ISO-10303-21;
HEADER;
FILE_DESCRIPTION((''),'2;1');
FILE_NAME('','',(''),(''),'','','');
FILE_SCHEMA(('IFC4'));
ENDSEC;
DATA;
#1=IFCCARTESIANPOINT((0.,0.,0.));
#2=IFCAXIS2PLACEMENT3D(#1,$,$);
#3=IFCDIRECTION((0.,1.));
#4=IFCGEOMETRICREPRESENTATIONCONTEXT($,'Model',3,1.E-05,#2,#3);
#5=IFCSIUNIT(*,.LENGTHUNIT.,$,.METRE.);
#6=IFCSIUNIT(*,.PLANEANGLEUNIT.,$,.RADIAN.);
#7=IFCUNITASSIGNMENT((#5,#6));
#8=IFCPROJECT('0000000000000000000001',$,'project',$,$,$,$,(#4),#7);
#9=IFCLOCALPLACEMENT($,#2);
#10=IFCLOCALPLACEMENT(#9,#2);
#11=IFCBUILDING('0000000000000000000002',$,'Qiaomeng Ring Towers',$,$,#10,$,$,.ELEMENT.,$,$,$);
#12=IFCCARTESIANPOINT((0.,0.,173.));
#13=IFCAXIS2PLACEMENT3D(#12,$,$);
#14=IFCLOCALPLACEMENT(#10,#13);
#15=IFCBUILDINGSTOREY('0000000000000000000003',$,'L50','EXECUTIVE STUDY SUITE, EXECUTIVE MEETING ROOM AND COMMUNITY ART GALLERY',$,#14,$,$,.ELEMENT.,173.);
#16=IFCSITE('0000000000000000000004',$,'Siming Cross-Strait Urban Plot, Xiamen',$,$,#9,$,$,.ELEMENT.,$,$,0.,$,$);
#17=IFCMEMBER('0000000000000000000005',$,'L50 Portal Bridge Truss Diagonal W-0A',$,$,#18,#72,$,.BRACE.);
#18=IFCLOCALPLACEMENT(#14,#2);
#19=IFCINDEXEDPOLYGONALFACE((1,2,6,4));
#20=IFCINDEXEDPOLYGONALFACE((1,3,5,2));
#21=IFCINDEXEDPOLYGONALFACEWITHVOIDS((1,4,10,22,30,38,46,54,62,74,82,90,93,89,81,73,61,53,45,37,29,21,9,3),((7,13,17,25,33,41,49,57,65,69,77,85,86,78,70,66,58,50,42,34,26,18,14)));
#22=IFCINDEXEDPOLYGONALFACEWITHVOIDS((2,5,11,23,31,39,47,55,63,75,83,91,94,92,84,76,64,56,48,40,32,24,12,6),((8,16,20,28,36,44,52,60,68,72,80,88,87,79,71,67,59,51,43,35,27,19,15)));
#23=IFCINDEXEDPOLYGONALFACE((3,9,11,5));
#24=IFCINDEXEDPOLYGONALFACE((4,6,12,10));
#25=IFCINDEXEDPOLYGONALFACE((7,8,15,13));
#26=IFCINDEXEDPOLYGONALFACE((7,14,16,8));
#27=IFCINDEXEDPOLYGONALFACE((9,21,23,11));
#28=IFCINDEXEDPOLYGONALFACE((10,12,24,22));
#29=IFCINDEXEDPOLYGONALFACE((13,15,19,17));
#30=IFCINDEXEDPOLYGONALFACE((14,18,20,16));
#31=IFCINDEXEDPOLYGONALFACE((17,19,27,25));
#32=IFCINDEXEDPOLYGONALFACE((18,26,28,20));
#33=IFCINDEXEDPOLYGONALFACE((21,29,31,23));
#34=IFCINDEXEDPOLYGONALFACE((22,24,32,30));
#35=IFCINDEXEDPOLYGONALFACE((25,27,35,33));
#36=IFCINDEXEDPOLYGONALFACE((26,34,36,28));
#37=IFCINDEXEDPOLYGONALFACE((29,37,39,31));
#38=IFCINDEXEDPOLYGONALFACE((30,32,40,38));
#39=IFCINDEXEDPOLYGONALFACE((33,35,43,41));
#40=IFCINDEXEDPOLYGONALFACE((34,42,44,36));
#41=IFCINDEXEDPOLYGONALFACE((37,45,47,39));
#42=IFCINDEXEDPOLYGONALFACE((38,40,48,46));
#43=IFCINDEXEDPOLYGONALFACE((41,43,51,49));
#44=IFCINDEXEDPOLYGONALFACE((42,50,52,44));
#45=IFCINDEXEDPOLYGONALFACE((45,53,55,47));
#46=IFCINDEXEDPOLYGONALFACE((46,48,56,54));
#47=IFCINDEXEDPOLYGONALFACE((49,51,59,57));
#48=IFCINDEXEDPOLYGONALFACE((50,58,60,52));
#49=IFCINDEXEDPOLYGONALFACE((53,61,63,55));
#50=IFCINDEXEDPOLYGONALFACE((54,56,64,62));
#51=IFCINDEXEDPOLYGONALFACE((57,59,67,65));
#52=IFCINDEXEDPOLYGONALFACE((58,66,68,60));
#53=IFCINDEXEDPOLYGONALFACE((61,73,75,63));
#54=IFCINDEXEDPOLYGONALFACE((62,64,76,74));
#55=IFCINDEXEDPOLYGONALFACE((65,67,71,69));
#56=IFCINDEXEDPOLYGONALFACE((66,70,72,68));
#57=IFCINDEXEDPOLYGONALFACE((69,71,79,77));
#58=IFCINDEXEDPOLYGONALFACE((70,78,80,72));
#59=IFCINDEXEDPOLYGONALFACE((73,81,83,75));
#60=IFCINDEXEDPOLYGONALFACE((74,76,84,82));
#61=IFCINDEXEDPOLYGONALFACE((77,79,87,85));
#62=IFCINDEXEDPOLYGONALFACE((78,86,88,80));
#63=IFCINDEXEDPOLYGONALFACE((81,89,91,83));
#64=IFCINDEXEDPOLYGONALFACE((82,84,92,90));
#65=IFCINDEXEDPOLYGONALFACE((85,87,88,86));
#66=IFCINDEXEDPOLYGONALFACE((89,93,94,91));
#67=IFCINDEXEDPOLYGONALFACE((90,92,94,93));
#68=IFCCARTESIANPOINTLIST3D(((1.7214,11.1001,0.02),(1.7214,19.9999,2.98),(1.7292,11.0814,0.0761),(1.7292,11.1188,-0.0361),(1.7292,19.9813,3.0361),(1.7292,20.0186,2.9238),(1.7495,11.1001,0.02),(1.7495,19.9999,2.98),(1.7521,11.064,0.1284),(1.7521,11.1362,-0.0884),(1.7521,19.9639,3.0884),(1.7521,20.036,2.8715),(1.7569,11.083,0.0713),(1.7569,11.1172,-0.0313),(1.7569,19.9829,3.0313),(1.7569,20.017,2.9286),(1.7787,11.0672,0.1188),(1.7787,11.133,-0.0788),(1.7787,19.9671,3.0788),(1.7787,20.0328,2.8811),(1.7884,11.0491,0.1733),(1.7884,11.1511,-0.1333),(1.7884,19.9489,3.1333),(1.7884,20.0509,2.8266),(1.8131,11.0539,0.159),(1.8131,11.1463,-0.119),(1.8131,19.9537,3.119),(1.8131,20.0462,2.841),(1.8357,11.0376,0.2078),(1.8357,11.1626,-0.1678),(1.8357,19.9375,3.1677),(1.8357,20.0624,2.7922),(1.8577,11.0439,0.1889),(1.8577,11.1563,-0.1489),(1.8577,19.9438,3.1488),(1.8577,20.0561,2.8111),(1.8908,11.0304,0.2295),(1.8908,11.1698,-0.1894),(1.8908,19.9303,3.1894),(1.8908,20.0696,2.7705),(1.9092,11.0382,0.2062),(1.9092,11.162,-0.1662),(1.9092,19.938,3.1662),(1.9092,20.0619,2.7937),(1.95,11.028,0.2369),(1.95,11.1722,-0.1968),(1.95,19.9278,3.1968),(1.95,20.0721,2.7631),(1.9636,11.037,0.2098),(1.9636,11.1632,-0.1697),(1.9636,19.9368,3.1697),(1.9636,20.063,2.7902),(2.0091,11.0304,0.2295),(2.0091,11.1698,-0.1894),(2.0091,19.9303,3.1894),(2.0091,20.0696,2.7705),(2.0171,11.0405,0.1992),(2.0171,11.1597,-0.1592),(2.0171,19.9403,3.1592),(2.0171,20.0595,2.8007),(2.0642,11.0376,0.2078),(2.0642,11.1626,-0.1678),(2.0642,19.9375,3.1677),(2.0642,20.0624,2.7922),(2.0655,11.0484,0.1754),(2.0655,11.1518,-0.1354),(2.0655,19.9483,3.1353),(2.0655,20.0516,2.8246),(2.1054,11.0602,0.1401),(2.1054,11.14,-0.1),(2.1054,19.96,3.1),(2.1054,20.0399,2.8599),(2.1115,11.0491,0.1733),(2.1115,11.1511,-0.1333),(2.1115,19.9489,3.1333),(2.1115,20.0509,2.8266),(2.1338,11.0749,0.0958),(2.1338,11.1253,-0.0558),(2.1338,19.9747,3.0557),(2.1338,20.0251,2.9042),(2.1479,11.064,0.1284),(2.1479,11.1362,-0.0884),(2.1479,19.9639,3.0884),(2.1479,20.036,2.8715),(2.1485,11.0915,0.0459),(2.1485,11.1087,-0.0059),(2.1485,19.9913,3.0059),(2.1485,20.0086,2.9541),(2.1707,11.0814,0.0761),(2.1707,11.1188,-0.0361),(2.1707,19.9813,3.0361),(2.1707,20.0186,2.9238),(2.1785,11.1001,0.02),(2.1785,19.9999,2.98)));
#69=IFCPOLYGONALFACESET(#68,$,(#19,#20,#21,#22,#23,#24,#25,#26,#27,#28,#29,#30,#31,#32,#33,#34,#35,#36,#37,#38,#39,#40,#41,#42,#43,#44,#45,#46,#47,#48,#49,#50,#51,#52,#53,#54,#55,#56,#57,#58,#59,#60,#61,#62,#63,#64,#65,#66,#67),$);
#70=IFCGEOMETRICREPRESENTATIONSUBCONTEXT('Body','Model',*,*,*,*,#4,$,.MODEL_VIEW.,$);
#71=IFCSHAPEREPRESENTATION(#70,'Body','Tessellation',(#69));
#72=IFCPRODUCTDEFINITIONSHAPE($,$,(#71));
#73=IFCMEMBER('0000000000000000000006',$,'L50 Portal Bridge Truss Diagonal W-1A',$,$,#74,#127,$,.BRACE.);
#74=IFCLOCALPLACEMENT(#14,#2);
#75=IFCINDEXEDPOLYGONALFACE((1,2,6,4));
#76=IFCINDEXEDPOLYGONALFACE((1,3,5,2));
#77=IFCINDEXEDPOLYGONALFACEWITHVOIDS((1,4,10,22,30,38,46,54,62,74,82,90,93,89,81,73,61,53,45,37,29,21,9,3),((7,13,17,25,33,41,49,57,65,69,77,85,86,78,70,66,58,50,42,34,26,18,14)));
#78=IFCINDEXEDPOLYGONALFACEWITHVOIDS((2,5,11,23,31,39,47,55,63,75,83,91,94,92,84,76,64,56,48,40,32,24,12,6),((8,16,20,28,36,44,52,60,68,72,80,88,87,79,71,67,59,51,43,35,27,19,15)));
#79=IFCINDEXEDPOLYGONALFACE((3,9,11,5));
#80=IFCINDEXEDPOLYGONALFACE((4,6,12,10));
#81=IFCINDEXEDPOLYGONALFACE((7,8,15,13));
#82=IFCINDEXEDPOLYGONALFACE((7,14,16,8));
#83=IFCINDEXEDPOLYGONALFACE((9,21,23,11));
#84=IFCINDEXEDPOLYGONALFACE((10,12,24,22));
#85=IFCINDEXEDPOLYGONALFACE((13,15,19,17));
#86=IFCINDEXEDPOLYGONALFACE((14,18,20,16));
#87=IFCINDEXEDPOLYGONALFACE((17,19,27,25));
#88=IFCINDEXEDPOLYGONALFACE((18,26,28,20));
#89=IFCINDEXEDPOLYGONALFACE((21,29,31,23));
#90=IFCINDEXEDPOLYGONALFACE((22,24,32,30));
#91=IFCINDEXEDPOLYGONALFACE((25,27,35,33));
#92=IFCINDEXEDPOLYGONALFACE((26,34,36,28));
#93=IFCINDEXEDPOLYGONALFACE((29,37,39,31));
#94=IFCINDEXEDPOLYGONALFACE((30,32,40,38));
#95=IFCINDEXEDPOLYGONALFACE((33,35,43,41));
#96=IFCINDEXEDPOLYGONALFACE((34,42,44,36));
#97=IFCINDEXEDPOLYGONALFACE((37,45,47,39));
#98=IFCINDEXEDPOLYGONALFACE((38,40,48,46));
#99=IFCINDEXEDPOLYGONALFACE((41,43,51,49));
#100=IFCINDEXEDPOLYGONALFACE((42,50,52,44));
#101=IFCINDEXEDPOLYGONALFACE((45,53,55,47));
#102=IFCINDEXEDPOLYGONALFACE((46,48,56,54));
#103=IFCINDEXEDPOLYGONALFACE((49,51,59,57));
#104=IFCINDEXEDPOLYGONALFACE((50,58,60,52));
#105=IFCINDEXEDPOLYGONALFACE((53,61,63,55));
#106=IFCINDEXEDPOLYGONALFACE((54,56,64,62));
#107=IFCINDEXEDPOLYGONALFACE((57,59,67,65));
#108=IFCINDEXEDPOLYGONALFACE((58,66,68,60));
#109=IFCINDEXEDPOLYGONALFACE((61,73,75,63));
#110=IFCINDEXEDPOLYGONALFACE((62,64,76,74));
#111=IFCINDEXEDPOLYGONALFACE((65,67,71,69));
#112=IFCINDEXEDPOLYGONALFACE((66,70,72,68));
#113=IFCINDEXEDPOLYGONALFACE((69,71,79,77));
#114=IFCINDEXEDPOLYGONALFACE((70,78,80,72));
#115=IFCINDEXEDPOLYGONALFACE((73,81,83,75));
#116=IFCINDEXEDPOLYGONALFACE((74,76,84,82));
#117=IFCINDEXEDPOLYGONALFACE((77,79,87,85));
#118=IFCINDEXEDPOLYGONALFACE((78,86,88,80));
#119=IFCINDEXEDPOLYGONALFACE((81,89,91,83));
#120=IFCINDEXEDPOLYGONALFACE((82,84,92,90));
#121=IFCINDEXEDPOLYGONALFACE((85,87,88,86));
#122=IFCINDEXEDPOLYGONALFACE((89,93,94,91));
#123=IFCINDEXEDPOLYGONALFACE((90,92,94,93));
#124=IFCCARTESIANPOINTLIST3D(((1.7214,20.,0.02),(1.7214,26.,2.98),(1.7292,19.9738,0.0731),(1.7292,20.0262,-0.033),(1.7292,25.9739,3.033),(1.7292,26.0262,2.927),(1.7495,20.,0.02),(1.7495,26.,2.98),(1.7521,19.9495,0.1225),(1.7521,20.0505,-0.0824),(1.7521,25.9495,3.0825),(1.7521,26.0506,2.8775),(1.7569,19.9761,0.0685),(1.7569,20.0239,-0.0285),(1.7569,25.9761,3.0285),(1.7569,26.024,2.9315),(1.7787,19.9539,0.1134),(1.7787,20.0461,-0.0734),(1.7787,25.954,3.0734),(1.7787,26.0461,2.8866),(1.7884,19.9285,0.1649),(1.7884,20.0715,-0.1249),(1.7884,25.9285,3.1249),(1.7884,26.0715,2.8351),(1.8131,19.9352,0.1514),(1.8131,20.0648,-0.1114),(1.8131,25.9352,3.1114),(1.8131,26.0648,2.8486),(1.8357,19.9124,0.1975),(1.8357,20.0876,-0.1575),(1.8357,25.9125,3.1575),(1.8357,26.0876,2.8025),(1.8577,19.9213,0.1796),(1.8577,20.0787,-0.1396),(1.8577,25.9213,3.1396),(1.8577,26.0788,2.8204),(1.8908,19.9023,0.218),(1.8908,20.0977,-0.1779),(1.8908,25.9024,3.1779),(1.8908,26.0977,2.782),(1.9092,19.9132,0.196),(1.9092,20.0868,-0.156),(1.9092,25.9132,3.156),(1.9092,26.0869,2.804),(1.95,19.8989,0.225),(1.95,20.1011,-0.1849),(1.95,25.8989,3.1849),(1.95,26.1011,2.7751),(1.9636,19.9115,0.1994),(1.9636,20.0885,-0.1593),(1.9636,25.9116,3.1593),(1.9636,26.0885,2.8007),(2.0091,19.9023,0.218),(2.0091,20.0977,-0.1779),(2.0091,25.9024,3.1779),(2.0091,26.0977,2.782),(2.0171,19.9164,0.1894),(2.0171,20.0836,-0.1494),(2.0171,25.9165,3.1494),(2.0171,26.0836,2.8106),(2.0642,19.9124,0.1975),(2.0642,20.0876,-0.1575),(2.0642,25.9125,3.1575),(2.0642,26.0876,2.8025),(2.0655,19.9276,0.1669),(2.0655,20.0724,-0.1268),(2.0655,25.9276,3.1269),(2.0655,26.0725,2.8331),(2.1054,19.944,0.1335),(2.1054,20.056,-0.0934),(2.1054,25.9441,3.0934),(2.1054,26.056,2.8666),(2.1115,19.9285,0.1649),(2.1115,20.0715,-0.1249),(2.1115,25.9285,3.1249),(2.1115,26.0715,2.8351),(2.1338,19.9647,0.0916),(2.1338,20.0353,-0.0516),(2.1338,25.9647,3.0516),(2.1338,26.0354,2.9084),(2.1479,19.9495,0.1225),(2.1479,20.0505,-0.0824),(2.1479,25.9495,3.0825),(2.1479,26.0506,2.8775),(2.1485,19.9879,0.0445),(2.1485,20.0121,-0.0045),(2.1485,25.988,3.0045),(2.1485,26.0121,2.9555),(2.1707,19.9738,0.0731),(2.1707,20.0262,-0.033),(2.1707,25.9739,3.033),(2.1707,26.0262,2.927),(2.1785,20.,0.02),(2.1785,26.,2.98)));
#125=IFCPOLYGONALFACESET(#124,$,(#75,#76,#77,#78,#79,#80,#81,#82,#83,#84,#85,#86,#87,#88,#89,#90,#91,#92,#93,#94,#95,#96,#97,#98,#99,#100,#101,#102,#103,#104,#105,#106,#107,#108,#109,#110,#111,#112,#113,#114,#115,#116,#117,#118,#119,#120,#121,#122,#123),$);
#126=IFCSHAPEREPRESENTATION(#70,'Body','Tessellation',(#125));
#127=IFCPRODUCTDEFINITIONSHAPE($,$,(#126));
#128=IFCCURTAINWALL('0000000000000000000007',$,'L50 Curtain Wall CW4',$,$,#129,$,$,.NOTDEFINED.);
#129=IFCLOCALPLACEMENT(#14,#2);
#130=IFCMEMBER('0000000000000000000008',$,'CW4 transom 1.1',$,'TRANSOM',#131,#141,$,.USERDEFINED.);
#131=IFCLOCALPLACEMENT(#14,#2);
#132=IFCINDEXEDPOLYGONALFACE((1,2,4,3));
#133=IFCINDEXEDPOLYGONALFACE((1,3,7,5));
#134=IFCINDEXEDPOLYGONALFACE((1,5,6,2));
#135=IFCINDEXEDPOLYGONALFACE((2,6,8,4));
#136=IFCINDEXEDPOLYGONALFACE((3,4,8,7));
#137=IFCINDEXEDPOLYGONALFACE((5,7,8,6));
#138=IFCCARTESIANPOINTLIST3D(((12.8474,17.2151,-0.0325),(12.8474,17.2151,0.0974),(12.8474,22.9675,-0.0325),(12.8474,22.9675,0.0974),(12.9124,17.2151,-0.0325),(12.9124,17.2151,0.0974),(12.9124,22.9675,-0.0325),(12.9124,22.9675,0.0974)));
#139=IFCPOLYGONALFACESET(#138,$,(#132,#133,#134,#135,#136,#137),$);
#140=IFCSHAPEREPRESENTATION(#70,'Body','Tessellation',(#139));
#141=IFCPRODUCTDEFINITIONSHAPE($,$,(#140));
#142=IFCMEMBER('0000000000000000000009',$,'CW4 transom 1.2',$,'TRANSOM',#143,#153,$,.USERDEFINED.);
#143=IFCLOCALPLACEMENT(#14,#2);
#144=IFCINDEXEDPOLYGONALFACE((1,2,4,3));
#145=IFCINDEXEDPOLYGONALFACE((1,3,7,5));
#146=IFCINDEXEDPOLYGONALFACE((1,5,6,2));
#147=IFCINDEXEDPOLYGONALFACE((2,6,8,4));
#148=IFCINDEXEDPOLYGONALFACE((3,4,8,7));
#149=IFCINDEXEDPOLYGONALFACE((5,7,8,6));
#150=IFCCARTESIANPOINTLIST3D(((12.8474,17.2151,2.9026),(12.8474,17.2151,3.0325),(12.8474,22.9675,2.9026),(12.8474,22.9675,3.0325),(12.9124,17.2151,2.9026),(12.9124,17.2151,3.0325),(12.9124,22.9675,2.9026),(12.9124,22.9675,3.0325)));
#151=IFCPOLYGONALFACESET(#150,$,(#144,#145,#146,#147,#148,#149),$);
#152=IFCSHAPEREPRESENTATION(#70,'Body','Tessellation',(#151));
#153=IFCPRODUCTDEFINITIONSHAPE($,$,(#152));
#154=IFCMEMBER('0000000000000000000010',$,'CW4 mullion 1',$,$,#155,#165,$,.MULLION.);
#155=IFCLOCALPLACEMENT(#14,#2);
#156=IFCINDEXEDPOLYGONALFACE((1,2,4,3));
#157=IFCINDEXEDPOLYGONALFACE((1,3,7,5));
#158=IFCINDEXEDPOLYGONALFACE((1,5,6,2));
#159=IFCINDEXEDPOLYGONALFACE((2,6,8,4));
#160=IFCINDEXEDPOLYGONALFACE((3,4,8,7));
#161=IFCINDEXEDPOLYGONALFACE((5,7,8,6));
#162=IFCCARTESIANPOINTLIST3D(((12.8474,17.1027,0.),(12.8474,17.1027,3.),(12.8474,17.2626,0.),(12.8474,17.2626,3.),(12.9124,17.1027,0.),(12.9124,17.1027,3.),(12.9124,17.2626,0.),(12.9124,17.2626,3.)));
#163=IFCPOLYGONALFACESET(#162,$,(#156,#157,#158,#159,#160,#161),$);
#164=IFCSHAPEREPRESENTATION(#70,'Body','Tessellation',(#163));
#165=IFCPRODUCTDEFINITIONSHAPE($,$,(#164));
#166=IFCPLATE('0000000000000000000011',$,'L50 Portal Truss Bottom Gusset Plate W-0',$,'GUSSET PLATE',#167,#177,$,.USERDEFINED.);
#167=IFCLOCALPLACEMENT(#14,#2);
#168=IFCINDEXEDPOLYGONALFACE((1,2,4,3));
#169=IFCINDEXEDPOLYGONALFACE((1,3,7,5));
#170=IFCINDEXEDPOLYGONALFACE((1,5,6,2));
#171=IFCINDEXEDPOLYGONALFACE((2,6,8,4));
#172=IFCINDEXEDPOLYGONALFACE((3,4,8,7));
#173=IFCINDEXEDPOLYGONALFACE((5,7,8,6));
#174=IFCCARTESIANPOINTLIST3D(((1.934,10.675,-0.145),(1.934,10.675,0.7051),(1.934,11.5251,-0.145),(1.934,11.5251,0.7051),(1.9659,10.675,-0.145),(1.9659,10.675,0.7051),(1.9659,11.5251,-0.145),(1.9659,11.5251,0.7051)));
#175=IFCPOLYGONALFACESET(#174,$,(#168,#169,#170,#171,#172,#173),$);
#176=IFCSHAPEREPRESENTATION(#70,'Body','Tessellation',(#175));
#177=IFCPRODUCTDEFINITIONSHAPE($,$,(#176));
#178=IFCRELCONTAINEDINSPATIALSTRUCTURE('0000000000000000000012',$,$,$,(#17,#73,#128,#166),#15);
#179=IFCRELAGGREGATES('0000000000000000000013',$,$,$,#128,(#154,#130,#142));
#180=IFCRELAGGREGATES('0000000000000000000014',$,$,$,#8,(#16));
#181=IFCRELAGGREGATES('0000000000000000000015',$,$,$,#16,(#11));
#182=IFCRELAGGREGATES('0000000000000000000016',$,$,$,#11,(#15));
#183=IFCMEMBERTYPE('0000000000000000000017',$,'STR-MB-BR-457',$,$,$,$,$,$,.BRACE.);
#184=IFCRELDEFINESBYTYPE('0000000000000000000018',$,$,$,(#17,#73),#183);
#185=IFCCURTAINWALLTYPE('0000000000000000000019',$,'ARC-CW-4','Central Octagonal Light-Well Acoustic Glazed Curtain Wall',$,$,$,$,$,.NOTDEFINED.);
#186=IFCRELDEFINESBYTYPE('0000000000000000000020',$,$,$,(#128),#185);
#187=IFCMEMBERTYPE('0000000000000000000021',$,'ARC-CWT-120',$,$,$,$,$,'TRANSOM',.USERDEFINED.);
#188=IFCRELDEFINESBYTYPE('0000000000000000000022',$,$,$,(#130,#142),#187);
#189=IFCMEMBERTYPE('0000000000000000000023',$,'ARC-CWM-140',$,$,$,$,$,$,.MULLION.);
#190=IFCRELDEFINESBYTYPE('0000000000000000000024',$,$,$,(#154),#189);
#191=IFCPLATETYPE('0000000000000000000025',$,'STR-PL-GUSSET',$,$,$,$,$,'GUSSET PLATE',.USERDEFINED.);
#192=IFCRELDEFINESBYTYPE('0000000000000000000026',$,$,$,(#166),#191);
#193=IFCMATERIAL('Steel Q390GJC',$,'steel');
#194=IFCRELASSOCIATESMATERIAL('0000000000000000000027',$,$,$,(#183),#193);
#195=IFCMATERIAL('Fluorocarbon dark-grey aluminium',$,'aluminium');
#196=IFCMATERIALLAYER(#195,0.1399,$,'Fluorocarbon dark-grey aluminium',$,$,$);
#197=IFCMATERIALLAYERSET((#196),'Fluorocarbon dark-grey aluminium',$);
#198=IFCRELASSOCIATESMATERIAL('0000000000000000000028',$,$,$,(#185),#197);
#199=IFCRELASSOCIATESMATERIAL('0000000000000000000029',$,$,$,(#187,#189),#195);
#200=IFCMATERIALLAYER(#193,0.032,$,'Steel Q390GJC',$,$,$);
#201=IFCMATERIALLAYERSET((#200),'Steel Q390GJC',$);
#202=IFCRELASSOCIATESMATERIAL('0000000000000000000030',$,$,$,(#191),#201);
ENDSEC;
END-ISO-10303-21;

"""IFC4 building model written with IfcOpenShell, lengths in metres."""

from ifc_helpers import new_model, si_unit, direction, frame, origin, origin_2d, place, context, subcontext, project, spatial, rectangle, hollow_circle, extrude, source, transform, mapped, material, layer, layer_set, material_profile, profile_set, type_object, element, aggregate, save


model = new_model("IFC4")

# Units and contexts
model_context = context("Model", 3, precision=1e-05, world=origin(), true_north=direction((0.0, 1.0)))
body_context = subcontext(model_context, "Body", "Model", "MODEL_VIEW")
ifc_project = project(units=[si_unit("LENGTHUNIT", "METRE"), si_unit("PLANEANGLEUNIT", "RADIAN")], contexts=[model_context])

# Site, building, storey
site_placement = place(None, origin())
site = spatial("IfcSite", under=ifc_project, at=site_placement, Name="Siming Cross-Strait Urban Plot, Xiamen", CompositionType="ELEMENT", RefElevation=0.0)
building_placement = place(site_placement, origin())
building = spatial("IfcBuilding", under=site, at=building_placement, Name="Qiaomeng Ring Towers", CompositionType="ELEMENT")
storey_placement = place(building_placement, frame((0.0, 0.0, 173.0)))
storey = spatial("IfcBuildingStorey", under=building, at=storey_placement, Name="L50", Description="EXECUTIVE STUDY SUITE, EXECUTIVE MEETING ROOM AND COMMUNITY ART GALLERY", CompositionType="ELEMENT", Elevation=173.0)

# Shared definitions
ifc_material_1 = material(Name="Steel Q390GJC", Category="steel")

# Members
ifc_material_profile_1 = material_profile(ifc_material_1, hollow_circle(Radius=0.2285, WallThickness=0.0281, at=origin_2d()), Name="CHS 457x28")
ifc_profile_set_1 = profile_set([ifc_material_profile_1], Name="Steel Q390GJC")
member_type_1 = type_object("IfcMemberType", Name="STR-MB-BR-457", PredefinedType="BRACE", material=ifc_profile_set_1)
shared_shape_1 = source(origin(), body_context, "Body", "SweptSolid", [
    extrude(hollow_circle(Radius=0.2285, WallThickness=0.0281, at=origin_2d()), origin(), (0.0, 0.0, 1.0), 9.3792),
])
member_1_placement = place(storey_placement, frame((1.95, 11.1001, 0.02), z_axis=(0.0, 0.948897, 0.315587), x_axis=(-1.0, 0.0, 0.0)))
element("IfcMember", 1, at=member_1_placement, inside=storey, type_object=member_type_1, Name="L50 Portal Bridge Truss Diagonal W-0A", PredefinedType="BRACE", context=body_context, shape_type="MappedRepresentation", body=[
    mapped(shared_shape_1, transform((0.0, 0.0, 0.0), x_axis=(1.0, 0.0, 0.0), y_axis=(0.0, 1.0, 0.0), z_axis=(0.0, 0.0, 1.0), scale=1.0)),
])
shared_shape_2 = source(origin(), body_context, "Body", "SweptSolid", [
    extrude(hollow_circle(Radius=0.2285, WallThickness=0.0281, at=origin_2d()), origin(), (0.0, 0.0, 1.0), 6.6904),
])
member_2_placement = place(storey_placement, frame((1.95, 20.0, 0.02), z_axis=(0.0, 0.896808, 0.44242), x_axis=(-1.0, 0.0, 0.0)))
element("IfcMember", 2, at=member_2_placement, inside=storey, type_object=member_type_1, Name="L50 Portal Bridge Truss Diagonal W-1A", PredefinedType="BRACE", context=body_context, shape_type="MappedRepresentation", body=[
    mapped(shared_shape_2, transform((0.0, 0.0, 0.0), x_axis=(1.0, 0.0, 0.0), y_axis=(0.0, 1.0, 0.0), z_axis=(0.0, 0.0, 1.0), scale=1.0)),
])

# Curtain wall, members
ifc_material_2 = material(Name="Fluorocarbon dark-grey aluminium", Category="aluminium")
ifc_layer_1 = layer(ifc_material_2, 0.1399, Name="Fluorocarbon dark-grey aluminium")
ifc_layer_set_1 = layer_set([ifc_layer_1], Name="Fluorocarbon dark-grey aluminium")
curtain_wall_type = type_object("IfcCurtainWallType", Name="ARC-CW-4", Description="Central Octagonal Light-Well Acoustic Glazed Curtain Wall", PredefinedType="NOTDEFINED", material=ifc_layer_set_1)
curtain_wall_placement = place(storey_placement, origin())
curtain_wall = element("IfcCurtainWall", 3, at=curtain_wall_placement, inside=storey, type_object=curtain_wall_type, Name="L50 Curtain Wall CW4", PredefinedType="NOTDEFINED")
ifc_material_profile_2 = material_profile(ifc_material_2, rectangle(XDim=0.0649, YDim=0.1299, at=origin_2d()), Name="ALU TRAN 65x130")
ifc_profile_set_2 = profile_set([ifc_material_profile_2], Name="Fluorocarbon dark-grey aluminium")
member_type_2 = type_object("IfcMemberType", Name="ARC-CWT-120", ElementType="TRANSOM", PredefinedType="USERDEFINED", material=ifc_profile_set_2)
shared_shape_3 = source(origin(), body_context, "Body", "SweptSolid", [
    extrude(rectangle(XDim=0.0649, YDim=0.1299, at=origin_2d()), origin(), (0.0, 0.0, 1.0), 5.7524),
])
member_3_placement = place(storey_placement, frame((12.8799, 17.2151, 0.0325), z_axis=(0.0, 1.0, 0.0), x_axis=(-1.0, 0.0, 0.0)))
member_3 = element("IfcMember", 4, at=member_3_placement, type_object=member_type_2, Name="CW4 transom 1.1", ObjectType="TRANSOM", PredefinedType="USERDEFINED", context=body_context, shape_type="MappedRepresentation", body=[
    mapped(shared_shape_3, transform((0.0, 0.0, 0.0), x_axis=(1.0, 0.0, 0.0), y_axis=(0.0, 1.0, 0.0), z_axis=(0.0, 0.0, 1.0), scale=1.0)),
])
member_4_placement = place(storey_placement, frame((12.8799, 17.2151, 2.9675), z_axis=(0.0, 1.0, 0.0), x_axis=(-1.0, 0.0, 0.0)))
member_4 = element("IfcMember", 5, at=member_4_placement, type_object=member_type_2, Name="CW4 transom 1.2", ObjectType="TRANSOM", PredefinedType="USERDEFINED", context=body_context, shape_type="MappedRepresentation", body=[
    mapped(shared_shape_3, transform((0.0, 0.0, 0.0), x_axis=(1.0, 0.0, 0.0), y_axis=(0.0, 1.0, 0.0), z_axis=(0.0, 0.0, 1.0), scale=1.0)),
])
ifc_material_profile_3 = material_profile(ifc_material_2, rectangle(XDim=0.0649, YDim=0.1599, at=origin_2d()), Name="ALU MULL 65x160")
ifc_profile_set_3 = profile_set([ifc_material_profile_3], Name="Fluorocarbon dark-grey aluminium")
member_type_3 = type_object("IfcMemberType", Name="ARC-CWM-140", PredefinedType="MULLION", material=ifc_profile_set_3)
shared_shape_4 = source(origin(), body_context, "Body", "SweptSolid", [
    extrude(rectangle(XDim=0.0649, YDim=0.1599, at=origin_2d()), origin(), (0.0, 0.0, 1.0), 3.0),
])
member_5_placement = place(storey_placement, frame((12.8799, 17.1826, 0.0), z_axis=(0.0, 0.0, 1.0), x_axis=(-1.0, 0.0, 0.0)))
member_5 = element("IfcMember", 6, at=member_5_placement, type_object=member_type_3, Name="CW4 mullion 1", PredefinedType="MULLION", context=body_context, shape_type="MappedRepresentation", body=[
    mapped(shared_shape_4, transform((0.0, 0.0, 0.0), x_axis=(1.0, 0.0, 0.0), y_axis=(0.0, 1.0, 0.0), z_axis=(0.0, 0.0, 1.0), scale=1.0)),
])
aggregate(curtain_wall, [member_5, member_3, member_4])

# Plate
ifc_layer_2 = layer(ifc_material_1, 0.032, Name="Steel Q390GJC")
ifc_layer_set_2 = layer_set([ifc_layer_2], Name="Steel Q390GJC")
plate_type = type_object("IfcPlateType", Name="STR-PL-GUSSET", ElementType="GUSSET PLATE", PredefinedType="USERDEFINED", material=ifc_layer_set_2)
shared_shape_5 = source(origin(), body_context, "Body", "SweptSolid", [
    extrude(rectangle(XDim=0.032, YDim=0.8501, at=origin_2d()), origin(), (0.0, 0.0, 1.0), 0.8501),
])
for number, where, z_axis, x_axis, name in (
    (7, (1.95, 11.1001, -0.145), (0.0, 0.0, 1.0), (1.0, 0.0, 0.0), "L50 Portal Truss Bottom Gusset Plate W-0"),
):
    element("IfcPlate", number, at=place(storey_placement, frame(where, z_axis=z_axis, x_axis=x_axis)), inside=storey, type_object=plate_type, Name=name, ObjectType="GUSSET PLATE", PredefinedType="USERDEFINED", context=body_context, shape_type="MappedRepresentation", body=[
        mapped(shared_shape_5, transform((0.0, 0.0, 0.0), x_axis=(1.0, 0.0, 0.0), y_axis=(0.0, 1.0, 0.0), z_axis=(0.0, 0.0, 1.0), scale=1.0)),
    ])

save(model, "model.ifc")
